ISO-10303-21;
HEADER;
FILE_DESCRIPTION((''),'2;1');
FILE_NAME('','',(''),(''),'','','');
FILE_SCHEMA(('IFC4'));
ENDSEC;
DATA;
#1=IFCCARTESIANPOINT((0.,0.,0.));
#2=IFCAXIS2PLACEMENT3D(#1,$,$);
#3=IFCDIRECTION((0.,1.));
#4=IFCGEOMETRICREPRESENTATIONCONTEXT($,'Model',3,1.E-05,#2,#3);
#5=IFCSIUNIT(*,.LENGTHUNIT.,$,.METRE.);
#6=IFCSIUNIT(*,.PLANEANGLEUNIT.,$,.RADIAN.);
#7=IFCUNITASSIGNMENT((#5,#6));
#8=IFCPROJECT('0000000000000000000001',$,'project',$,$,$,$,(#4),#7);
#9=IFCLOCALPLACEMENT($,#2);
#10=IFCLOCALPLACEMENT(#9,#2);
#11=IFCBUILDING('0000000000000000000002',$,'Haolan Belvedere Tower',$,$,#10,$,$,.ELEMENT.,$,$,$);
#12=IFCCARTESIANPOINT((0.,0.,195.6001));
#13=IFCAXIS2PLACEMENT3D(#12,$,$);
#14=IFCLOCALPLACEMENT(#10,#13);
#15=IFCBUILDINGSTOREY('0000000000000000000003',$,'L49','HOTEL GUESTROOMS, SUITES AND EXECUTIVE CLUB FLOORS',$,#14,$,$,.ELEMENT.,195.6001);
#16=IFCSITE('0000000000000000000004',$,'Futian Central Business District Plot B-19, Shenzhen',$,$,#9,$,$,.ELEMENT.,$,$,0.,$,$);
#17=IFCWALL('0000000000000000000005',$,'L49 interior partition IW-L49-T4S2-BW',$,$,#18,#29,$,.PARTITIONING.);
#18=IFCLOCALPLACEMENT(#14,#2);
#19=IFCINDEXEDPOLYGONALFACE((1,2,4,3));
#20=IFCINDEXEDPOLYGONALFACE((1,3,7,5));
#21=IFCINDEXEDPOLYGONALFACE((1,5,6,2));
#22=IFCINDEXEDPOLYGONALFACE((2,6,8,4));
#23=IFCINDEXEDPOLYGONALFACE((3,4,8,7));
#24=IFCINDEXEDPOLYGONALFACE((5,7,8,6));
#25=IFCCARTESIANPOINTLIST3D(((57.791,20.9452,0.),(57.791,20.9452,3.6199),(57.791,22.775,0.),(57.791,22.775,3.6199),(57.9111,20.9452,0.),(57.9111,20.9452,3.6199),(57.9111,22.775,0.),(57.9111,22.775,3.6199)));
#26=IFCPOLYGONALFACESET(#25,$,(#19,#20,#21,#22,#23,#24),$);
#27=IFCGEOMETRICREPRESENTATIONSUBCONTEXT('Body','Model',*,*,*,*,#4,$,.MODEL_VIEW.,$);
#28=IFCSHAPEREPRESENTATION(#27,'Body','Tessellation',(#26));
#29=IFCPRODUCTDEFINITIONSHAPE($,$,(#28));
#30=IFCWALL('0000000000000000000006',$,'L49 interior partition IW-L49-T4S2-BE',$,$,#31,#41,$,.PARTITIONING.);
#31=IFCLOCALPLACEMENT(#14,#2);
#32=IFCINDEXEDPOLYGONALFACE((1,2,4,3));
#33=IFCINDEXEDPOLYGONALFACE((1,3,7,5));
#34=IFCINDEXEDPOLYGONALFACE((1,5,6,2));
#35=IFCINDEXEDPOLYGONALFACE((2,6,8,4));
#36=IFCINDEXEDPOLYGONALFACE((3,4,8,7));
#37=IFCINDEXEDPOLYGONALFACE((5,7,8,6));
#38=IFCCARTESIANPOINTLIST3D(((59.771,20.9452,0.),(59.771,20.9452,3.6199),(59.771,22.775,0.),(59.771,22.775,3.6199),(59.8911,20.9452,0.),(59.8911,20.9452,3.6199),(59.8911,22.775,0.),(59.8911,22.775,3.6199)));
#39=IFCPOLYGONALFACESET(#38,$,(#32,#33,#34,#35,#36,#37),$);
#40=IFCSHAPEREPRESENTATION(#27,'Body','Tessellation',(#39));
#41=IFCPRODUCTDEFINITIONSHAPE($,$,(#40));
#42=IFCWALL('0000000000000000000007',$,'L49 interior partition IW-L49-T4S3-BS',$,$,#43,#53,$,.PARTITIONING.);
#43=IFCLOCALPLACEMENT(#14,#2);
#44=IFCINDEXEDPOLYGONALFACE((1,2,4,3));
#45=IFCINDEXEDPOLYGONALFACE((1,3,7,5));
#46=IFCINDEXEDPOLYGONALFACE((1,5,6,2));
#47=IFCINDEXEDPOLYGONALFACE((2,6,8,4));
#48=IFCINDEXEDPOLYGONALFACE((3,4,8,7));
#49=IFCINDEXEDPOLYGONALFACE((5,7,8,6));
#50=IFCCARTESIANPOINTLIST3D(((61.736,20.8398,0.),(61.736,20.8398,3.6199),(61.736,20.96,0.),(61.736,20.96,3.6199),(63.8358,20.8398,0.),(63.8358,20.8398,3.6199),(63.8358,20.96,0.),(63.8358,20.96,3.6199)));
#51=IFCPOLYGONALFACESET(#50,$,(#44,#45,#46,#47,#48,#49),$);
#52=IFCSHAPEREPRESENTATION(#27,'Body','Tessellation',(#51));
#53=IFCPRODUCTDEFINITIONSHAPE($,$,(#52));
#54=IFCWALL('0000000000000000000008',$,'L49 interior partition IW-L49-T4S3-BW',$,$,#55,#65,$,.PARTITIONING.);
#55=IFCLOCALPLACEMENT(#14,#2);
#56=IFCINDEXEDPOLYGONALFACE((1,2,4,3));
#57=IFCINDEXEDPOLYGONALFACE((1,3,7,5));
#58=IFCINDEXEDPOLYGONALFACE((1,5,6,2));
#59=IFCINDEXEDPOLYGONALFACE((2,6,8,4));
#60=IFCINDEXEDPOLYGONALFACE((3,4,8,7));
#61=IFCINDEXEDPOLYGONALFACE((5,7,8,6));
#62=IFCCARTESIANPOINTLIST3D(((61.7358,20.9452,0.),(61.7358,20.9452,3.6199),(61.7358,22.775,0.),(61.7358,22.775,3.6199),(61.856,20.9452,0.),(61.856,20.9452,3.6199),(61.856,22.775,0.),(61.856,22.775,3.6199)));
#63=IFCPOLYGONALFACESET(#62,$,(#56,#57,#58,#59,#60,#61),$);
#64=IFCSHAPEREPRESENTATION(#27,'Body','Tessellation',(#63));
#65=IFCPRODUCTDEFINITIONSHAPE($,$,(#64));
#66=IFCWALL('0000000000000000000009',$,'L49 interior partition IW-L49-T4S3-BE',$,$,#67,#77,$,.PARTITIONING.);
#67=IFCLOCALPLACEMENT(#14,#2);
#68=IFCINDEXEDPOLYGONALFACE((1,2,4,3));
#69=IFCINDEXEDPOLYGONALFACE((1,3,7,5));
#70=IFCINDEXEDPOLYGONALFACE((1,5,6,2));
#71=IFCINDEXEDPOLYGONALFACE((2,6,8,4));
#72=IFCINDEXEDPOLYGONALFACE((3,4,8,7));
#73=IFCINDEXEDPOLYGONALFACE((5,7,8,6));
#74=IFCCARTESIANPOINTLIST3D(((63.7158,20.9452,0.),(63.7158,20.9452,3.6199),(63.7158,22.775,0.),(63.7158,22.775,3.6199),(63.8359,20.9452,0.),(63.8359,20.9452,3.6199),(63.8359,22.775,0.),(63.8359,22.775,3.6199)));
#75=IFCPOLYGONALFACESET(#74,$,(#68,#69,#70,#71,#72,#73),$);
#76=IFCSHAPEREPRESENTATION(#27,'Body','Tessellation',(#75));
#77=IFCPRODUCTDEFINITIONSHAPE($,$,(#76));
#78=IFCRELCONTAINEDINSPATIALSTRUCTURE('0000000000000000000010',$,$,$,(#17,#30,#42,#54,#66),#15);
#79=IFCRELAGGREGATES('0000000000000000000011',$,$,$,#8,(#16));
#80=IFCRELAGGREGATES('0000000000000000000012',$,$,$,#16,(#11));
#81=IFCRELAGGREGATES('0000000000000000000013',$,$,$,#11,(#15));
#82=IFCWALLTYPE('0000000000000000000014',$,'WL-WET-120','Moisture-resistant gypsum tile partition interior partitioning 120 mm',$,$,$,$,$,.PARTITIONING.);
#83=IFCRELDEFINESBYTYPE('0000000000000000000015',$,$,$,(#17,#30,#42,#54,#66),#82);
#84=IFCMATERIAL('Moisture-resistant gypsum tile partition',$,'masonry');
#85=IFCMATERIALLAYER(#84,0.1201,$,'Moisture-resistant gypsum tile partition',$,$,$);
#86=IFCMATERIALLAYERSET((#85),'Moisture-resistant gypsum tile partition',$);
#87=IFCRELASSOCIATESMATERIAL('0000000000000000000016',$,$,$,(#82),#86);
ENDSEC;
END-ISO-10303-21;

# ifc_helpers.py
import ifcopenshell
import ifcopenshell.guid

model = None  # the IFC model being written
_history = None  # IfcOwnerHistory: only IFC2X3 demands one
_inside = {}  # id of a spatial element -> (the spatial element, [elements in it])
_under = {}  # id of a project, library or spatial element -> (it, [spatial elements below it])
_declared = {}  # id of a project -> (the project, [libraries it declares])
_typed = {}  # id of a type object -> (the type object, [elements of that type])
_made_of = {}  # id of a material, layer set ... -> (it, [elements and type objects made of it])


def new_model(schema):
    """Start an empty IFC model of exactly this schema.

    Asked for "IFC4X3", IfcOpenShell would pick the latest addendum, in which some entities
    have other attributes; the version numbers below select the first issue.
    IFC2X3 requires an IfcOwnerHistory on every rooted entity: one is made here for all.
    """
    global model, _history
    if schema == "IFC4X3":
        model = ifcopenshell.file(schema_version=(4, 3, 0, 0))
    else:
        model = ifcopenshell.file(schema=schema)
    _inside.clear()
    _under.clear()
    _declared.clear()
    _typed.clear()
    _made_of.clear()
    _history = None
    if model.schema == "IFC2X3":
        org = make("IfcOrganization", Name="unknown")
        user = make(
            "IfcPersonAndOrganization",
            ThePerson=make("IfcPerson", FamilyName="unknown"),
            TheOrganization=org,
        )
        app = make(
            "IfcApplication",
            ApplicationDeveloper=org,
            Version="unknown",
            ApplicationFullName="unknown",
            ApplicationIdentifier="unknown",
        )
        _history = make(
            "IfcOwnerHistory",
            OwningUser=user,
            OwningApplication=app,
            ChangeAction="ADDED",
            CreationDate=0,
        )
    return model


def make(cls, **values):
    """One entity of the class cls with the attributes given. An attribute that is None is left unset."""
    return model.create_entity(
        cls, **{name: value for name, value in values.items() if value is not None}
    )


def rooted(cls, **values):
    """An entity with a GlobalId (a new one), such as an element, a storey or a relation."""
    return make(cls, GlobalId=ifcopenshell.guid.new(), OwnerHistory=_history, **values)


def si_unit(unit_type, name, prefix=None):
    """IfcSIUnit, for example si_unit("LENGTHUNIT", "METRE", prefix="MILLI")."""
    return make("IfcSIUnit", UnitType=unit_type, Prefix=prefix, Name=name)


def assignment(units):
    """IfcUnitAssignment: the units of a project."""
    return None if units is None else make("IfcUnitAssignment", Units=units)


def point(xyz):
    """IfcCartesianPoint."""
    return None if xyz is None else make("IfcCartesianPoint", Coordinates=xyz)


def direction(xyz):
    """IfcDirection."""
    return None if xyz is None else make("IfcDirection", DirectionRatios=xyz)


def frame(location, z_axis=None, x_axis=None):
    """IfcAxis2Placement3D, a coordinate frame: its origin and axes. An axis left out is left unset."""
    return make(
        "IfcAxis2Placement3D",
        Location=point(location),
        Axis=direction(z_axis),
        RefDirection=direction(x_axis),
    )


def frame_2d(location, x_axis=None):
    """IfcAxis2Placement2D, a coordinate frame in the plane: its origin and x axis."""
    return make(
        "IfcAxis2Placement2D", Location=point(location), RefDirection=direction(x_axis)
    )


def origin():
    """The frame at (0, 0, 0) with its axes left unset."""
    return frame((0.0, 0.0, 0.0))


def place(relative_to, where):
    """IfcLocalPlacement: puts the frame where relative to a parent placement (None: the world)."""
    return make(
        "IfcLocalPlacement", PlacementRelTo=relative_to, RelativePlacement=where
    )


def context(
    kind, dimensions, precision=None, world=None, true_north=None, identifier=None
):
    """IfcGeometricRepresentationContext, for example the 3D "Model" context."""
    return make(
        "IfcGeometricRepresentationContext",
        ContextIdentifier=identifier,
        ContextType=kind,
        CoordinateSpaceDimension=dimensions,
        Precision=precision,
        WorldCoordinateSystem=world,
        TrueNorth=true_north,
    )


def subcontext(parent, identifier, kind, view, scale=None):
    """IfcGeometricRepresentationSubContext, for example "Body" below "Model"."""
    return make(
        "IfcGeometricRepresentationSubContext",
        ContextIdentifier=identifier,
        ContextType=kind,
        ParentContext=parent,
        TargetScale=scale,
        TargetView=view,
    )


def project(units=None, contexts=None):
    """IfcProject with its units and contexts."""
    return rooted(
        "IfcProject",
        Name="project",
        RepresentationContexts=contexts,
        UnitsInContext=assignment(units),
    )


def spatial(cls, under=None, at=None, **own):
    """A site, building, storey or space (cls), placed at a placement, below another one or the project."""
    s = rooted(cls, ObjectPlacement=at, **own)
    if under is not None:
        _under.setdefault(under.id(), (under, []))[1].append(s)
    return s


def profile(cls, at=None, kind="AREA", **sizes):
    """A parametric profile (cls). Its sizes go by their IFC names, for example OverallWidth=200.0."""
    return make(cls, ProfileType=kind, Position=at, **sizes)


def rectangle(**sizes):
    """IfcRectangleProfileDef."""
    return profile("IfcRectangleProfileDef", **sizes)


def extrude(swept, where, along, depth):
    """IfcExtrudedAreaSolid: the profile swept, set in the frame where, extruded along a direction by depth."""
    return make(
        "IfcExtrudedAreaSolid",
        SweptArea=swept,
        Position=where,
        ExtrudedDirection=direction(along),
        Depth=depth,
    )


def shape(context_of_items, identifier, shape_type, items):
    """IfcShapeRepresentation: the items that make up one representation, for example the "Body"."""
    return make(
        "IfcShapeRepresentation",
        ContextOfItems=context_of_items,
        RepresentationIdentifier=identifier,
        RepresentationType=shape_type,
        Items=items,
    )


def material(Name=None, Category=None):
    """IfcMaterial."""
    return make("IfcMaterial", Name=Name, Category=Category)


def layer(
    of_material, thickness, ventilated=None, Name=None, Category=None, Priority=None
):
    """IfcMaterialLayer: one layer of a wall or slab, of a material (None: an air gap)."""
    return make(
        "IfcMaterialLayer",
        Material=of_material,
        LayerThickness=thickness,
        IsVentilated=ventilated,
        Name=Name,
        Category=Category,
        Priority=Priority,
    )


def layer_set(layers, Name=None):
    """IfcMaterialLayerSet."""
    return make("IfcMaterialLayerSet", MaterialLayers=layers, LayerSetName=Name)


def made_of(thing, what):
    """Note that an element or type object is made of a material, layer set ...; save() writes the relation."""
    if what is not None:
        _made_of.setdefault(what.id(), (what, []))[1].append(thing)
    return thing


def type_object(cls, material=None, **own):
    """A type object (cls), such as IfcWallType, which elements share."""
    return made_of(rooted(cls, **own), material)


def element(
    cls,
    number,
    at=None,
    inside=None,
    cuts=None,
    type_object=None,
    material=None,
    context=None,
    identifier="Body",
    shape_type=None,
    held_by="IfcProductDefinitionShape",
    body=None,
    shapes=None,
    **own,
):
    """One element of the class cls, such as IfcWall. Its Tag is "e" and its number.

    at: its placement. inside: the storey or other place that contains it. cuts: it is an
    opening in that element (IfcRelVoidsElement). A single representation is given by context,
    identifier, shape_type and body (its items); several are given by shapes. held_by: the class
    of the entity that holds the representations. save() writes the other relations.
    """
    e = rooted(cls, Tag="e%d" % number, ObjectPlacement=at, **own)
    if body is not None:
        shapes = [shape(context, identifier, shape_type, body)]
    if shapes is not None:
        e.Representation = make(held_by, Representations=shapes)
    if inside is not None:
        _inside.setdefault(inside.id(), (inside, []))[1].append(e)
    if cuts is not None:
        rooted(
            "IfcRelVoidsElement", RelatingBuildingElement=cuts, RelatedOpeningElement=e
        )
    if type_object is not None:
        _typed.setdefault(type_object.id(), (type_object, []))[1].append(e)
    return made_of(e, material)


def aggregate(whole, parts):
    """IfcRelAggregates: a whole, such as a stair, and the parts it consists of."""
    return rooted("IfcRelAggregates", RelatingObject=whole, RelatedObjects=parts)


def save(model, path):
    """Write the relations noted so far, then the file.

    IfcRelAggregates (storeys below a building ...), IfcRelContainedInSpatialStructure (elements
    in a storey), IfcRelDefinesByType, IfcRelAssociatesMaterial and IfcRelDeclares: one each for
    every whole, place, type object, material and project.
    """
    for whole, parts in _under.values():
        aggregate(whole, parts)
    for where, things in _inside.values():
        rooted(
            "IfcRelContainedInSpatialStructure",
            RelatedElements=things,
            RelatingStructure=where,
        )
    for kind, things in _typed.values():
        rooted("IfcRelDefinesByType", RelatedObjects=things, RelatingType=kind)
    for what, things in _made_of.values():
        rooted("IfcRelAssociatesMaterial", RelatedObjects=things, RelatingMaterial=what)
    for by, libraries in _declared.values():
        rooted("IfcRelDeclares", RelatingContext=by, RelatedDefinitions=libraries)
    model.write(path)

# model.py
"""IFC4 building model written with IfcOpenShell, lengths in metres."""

from ifc_helpers import new_model, si_unit, direction, frame, frame_2d, origin, place, context, subcontext, project, spatial, rectangle, extrude, material, layer, layer_set, type_object, element, save


model = new_model("IFC4")

# Units and contexts
model_context = context("Model", 3, precision=1e-05, world=origin(), true_north=direction((0.0, 1.0)))
body_context = subcontext(model_context, "Body", "Model", "MODEL_VIEW")
ifc_project = project(units=[si_unit("LENGTHUNIT", "METRE"), si_unit("PLANEANGLEUNIT", "RADIAN")], contexts=[model_context])

# Site, building, storey
site_placement = place(None, origin())
site = spatial("IfcSite", under=ifc_project, at=site_placement, Name="Futian Central Business District Plot B-19, Shenzhen", CompositionType="ELEMENT", RefElevation=0.0)
building_placement = place(site_placement, origin())
building = spatial("IfcBuilding", under=site, at=building_placement, Name="Haolan Belvedere Tower", CompositionType="ELEMENT")
storey_placement = place(building_placement, frame((0.0, 0.0, 195.6001)))
storey = spatial("IfcBuildingStorey", under=building, at=storey_placement, Name="L49", Description="HOTEL GUESTROOMS, SUITES AND EXECUTIVE CLUB FLOORS", CompositionType="ELEMENT", Elevation=195.6001)

# Shared definitions
ifc_material_1 = material(Name="Moisture-resistant gypsum tile partition", Category="masonry")
ifc_layer_1 = layer(ifc_material_1, 0.1201, Name="Moisture-resistant gypsum tile partition")
ifc_layer_set_1 = layer_set([ifc_layer_1], Name="Moisture-resistant gypsum tile partition")
wall_type_1 = type_object("IfcWallType", Name="WL-WET-120", Description="Moisture-resistant gypsum tile partition interior partitioning 120 mm", PredefinedType="PARTITIONING", material=ifc_layer_set_1)

# Walls
for number, where, z_axis, x_axis, name in (
    (1, (57.8511, 20.9451, 0.0), (0.0, 0.0, 1.0), (0.0, 1.0, 0.0), "L49 interior partition IW-L49-T4S2-BW"),
    (2, (59.8311, 20.9451, 0.0), (0.0, 0.0, 1.0), (0.0, 1.0, 0.0), "L49 interior partition IW-L49-T4S2-BE"),
):
    element("IfcWall", number, at=place(storey_placement, frame(where, z_axis=z_axis, x_axis=x_axis)), inside=storey, type_object=wall_type_1, Name=name, PredefinedType="PARTITIONING", context=body_context, shape_type="SweptSolid", body=[
        extrude(rectangle(XDim=1.8298, YDim=0.1201, at=frame_2d((0.915, 0.0))), origin(), (0.0, 0.0, 1.0), 3.6199),
    ])
wall_1_placement = place(storey_placement, frame((61.7361, 20.8999, 0.0), z_axis=(0.0, 0.0, 1.0), x_axis=(1.0, 0.0, 0.0)))
element("IfcWall", 3, at=wall_1_placement, inside=storey, type_object=wall_type_1, Name="L49 interior partition IW-L49-T4S3-BS", PredefinedType="PARTITIONING", context=body_context, shape_type="SweptSolid", body=[
    extrude(rectangle(XDim=2.0999, YDim=0.1201, at=frame_2d((1.0498, 0.0))), origin(), (0.0, 0.0, 1.0), 3.6199),
])
for number, where, z_axis, x_axis, name in (
    (4, (61.7959, 20.9451, 0.0), (0.0, 0.0, 1.0), (0.0, 1.0, 0.0), "L49 interior partition IW-L49-T4S3-BW"),
    (5, (63.7759, 20.9451, 0.0), (0.0, 0.0, 1.0), (0.0, 1.0, 0.0), "L49 interior partition IW-L49-T4S3-BE"),
):
    element("IfcWall", number, at=place(storey_placement, frame(where, z_axis=z_axis, x_axis=x_axis)), inside=storey, type_object=wall_type_1, Name=name, PredefinedType="PARTITIONING", context=body_context, shape_type="SweptSolid", body=[
        extrude(rectangle(XDim=1.8298, YDim=0.1201, at=frame_2d((0.915, 0.0))), origin(), (0.0, 0.0, 1.0), 3.6199),
    ])

save(model, "model.ifc")
